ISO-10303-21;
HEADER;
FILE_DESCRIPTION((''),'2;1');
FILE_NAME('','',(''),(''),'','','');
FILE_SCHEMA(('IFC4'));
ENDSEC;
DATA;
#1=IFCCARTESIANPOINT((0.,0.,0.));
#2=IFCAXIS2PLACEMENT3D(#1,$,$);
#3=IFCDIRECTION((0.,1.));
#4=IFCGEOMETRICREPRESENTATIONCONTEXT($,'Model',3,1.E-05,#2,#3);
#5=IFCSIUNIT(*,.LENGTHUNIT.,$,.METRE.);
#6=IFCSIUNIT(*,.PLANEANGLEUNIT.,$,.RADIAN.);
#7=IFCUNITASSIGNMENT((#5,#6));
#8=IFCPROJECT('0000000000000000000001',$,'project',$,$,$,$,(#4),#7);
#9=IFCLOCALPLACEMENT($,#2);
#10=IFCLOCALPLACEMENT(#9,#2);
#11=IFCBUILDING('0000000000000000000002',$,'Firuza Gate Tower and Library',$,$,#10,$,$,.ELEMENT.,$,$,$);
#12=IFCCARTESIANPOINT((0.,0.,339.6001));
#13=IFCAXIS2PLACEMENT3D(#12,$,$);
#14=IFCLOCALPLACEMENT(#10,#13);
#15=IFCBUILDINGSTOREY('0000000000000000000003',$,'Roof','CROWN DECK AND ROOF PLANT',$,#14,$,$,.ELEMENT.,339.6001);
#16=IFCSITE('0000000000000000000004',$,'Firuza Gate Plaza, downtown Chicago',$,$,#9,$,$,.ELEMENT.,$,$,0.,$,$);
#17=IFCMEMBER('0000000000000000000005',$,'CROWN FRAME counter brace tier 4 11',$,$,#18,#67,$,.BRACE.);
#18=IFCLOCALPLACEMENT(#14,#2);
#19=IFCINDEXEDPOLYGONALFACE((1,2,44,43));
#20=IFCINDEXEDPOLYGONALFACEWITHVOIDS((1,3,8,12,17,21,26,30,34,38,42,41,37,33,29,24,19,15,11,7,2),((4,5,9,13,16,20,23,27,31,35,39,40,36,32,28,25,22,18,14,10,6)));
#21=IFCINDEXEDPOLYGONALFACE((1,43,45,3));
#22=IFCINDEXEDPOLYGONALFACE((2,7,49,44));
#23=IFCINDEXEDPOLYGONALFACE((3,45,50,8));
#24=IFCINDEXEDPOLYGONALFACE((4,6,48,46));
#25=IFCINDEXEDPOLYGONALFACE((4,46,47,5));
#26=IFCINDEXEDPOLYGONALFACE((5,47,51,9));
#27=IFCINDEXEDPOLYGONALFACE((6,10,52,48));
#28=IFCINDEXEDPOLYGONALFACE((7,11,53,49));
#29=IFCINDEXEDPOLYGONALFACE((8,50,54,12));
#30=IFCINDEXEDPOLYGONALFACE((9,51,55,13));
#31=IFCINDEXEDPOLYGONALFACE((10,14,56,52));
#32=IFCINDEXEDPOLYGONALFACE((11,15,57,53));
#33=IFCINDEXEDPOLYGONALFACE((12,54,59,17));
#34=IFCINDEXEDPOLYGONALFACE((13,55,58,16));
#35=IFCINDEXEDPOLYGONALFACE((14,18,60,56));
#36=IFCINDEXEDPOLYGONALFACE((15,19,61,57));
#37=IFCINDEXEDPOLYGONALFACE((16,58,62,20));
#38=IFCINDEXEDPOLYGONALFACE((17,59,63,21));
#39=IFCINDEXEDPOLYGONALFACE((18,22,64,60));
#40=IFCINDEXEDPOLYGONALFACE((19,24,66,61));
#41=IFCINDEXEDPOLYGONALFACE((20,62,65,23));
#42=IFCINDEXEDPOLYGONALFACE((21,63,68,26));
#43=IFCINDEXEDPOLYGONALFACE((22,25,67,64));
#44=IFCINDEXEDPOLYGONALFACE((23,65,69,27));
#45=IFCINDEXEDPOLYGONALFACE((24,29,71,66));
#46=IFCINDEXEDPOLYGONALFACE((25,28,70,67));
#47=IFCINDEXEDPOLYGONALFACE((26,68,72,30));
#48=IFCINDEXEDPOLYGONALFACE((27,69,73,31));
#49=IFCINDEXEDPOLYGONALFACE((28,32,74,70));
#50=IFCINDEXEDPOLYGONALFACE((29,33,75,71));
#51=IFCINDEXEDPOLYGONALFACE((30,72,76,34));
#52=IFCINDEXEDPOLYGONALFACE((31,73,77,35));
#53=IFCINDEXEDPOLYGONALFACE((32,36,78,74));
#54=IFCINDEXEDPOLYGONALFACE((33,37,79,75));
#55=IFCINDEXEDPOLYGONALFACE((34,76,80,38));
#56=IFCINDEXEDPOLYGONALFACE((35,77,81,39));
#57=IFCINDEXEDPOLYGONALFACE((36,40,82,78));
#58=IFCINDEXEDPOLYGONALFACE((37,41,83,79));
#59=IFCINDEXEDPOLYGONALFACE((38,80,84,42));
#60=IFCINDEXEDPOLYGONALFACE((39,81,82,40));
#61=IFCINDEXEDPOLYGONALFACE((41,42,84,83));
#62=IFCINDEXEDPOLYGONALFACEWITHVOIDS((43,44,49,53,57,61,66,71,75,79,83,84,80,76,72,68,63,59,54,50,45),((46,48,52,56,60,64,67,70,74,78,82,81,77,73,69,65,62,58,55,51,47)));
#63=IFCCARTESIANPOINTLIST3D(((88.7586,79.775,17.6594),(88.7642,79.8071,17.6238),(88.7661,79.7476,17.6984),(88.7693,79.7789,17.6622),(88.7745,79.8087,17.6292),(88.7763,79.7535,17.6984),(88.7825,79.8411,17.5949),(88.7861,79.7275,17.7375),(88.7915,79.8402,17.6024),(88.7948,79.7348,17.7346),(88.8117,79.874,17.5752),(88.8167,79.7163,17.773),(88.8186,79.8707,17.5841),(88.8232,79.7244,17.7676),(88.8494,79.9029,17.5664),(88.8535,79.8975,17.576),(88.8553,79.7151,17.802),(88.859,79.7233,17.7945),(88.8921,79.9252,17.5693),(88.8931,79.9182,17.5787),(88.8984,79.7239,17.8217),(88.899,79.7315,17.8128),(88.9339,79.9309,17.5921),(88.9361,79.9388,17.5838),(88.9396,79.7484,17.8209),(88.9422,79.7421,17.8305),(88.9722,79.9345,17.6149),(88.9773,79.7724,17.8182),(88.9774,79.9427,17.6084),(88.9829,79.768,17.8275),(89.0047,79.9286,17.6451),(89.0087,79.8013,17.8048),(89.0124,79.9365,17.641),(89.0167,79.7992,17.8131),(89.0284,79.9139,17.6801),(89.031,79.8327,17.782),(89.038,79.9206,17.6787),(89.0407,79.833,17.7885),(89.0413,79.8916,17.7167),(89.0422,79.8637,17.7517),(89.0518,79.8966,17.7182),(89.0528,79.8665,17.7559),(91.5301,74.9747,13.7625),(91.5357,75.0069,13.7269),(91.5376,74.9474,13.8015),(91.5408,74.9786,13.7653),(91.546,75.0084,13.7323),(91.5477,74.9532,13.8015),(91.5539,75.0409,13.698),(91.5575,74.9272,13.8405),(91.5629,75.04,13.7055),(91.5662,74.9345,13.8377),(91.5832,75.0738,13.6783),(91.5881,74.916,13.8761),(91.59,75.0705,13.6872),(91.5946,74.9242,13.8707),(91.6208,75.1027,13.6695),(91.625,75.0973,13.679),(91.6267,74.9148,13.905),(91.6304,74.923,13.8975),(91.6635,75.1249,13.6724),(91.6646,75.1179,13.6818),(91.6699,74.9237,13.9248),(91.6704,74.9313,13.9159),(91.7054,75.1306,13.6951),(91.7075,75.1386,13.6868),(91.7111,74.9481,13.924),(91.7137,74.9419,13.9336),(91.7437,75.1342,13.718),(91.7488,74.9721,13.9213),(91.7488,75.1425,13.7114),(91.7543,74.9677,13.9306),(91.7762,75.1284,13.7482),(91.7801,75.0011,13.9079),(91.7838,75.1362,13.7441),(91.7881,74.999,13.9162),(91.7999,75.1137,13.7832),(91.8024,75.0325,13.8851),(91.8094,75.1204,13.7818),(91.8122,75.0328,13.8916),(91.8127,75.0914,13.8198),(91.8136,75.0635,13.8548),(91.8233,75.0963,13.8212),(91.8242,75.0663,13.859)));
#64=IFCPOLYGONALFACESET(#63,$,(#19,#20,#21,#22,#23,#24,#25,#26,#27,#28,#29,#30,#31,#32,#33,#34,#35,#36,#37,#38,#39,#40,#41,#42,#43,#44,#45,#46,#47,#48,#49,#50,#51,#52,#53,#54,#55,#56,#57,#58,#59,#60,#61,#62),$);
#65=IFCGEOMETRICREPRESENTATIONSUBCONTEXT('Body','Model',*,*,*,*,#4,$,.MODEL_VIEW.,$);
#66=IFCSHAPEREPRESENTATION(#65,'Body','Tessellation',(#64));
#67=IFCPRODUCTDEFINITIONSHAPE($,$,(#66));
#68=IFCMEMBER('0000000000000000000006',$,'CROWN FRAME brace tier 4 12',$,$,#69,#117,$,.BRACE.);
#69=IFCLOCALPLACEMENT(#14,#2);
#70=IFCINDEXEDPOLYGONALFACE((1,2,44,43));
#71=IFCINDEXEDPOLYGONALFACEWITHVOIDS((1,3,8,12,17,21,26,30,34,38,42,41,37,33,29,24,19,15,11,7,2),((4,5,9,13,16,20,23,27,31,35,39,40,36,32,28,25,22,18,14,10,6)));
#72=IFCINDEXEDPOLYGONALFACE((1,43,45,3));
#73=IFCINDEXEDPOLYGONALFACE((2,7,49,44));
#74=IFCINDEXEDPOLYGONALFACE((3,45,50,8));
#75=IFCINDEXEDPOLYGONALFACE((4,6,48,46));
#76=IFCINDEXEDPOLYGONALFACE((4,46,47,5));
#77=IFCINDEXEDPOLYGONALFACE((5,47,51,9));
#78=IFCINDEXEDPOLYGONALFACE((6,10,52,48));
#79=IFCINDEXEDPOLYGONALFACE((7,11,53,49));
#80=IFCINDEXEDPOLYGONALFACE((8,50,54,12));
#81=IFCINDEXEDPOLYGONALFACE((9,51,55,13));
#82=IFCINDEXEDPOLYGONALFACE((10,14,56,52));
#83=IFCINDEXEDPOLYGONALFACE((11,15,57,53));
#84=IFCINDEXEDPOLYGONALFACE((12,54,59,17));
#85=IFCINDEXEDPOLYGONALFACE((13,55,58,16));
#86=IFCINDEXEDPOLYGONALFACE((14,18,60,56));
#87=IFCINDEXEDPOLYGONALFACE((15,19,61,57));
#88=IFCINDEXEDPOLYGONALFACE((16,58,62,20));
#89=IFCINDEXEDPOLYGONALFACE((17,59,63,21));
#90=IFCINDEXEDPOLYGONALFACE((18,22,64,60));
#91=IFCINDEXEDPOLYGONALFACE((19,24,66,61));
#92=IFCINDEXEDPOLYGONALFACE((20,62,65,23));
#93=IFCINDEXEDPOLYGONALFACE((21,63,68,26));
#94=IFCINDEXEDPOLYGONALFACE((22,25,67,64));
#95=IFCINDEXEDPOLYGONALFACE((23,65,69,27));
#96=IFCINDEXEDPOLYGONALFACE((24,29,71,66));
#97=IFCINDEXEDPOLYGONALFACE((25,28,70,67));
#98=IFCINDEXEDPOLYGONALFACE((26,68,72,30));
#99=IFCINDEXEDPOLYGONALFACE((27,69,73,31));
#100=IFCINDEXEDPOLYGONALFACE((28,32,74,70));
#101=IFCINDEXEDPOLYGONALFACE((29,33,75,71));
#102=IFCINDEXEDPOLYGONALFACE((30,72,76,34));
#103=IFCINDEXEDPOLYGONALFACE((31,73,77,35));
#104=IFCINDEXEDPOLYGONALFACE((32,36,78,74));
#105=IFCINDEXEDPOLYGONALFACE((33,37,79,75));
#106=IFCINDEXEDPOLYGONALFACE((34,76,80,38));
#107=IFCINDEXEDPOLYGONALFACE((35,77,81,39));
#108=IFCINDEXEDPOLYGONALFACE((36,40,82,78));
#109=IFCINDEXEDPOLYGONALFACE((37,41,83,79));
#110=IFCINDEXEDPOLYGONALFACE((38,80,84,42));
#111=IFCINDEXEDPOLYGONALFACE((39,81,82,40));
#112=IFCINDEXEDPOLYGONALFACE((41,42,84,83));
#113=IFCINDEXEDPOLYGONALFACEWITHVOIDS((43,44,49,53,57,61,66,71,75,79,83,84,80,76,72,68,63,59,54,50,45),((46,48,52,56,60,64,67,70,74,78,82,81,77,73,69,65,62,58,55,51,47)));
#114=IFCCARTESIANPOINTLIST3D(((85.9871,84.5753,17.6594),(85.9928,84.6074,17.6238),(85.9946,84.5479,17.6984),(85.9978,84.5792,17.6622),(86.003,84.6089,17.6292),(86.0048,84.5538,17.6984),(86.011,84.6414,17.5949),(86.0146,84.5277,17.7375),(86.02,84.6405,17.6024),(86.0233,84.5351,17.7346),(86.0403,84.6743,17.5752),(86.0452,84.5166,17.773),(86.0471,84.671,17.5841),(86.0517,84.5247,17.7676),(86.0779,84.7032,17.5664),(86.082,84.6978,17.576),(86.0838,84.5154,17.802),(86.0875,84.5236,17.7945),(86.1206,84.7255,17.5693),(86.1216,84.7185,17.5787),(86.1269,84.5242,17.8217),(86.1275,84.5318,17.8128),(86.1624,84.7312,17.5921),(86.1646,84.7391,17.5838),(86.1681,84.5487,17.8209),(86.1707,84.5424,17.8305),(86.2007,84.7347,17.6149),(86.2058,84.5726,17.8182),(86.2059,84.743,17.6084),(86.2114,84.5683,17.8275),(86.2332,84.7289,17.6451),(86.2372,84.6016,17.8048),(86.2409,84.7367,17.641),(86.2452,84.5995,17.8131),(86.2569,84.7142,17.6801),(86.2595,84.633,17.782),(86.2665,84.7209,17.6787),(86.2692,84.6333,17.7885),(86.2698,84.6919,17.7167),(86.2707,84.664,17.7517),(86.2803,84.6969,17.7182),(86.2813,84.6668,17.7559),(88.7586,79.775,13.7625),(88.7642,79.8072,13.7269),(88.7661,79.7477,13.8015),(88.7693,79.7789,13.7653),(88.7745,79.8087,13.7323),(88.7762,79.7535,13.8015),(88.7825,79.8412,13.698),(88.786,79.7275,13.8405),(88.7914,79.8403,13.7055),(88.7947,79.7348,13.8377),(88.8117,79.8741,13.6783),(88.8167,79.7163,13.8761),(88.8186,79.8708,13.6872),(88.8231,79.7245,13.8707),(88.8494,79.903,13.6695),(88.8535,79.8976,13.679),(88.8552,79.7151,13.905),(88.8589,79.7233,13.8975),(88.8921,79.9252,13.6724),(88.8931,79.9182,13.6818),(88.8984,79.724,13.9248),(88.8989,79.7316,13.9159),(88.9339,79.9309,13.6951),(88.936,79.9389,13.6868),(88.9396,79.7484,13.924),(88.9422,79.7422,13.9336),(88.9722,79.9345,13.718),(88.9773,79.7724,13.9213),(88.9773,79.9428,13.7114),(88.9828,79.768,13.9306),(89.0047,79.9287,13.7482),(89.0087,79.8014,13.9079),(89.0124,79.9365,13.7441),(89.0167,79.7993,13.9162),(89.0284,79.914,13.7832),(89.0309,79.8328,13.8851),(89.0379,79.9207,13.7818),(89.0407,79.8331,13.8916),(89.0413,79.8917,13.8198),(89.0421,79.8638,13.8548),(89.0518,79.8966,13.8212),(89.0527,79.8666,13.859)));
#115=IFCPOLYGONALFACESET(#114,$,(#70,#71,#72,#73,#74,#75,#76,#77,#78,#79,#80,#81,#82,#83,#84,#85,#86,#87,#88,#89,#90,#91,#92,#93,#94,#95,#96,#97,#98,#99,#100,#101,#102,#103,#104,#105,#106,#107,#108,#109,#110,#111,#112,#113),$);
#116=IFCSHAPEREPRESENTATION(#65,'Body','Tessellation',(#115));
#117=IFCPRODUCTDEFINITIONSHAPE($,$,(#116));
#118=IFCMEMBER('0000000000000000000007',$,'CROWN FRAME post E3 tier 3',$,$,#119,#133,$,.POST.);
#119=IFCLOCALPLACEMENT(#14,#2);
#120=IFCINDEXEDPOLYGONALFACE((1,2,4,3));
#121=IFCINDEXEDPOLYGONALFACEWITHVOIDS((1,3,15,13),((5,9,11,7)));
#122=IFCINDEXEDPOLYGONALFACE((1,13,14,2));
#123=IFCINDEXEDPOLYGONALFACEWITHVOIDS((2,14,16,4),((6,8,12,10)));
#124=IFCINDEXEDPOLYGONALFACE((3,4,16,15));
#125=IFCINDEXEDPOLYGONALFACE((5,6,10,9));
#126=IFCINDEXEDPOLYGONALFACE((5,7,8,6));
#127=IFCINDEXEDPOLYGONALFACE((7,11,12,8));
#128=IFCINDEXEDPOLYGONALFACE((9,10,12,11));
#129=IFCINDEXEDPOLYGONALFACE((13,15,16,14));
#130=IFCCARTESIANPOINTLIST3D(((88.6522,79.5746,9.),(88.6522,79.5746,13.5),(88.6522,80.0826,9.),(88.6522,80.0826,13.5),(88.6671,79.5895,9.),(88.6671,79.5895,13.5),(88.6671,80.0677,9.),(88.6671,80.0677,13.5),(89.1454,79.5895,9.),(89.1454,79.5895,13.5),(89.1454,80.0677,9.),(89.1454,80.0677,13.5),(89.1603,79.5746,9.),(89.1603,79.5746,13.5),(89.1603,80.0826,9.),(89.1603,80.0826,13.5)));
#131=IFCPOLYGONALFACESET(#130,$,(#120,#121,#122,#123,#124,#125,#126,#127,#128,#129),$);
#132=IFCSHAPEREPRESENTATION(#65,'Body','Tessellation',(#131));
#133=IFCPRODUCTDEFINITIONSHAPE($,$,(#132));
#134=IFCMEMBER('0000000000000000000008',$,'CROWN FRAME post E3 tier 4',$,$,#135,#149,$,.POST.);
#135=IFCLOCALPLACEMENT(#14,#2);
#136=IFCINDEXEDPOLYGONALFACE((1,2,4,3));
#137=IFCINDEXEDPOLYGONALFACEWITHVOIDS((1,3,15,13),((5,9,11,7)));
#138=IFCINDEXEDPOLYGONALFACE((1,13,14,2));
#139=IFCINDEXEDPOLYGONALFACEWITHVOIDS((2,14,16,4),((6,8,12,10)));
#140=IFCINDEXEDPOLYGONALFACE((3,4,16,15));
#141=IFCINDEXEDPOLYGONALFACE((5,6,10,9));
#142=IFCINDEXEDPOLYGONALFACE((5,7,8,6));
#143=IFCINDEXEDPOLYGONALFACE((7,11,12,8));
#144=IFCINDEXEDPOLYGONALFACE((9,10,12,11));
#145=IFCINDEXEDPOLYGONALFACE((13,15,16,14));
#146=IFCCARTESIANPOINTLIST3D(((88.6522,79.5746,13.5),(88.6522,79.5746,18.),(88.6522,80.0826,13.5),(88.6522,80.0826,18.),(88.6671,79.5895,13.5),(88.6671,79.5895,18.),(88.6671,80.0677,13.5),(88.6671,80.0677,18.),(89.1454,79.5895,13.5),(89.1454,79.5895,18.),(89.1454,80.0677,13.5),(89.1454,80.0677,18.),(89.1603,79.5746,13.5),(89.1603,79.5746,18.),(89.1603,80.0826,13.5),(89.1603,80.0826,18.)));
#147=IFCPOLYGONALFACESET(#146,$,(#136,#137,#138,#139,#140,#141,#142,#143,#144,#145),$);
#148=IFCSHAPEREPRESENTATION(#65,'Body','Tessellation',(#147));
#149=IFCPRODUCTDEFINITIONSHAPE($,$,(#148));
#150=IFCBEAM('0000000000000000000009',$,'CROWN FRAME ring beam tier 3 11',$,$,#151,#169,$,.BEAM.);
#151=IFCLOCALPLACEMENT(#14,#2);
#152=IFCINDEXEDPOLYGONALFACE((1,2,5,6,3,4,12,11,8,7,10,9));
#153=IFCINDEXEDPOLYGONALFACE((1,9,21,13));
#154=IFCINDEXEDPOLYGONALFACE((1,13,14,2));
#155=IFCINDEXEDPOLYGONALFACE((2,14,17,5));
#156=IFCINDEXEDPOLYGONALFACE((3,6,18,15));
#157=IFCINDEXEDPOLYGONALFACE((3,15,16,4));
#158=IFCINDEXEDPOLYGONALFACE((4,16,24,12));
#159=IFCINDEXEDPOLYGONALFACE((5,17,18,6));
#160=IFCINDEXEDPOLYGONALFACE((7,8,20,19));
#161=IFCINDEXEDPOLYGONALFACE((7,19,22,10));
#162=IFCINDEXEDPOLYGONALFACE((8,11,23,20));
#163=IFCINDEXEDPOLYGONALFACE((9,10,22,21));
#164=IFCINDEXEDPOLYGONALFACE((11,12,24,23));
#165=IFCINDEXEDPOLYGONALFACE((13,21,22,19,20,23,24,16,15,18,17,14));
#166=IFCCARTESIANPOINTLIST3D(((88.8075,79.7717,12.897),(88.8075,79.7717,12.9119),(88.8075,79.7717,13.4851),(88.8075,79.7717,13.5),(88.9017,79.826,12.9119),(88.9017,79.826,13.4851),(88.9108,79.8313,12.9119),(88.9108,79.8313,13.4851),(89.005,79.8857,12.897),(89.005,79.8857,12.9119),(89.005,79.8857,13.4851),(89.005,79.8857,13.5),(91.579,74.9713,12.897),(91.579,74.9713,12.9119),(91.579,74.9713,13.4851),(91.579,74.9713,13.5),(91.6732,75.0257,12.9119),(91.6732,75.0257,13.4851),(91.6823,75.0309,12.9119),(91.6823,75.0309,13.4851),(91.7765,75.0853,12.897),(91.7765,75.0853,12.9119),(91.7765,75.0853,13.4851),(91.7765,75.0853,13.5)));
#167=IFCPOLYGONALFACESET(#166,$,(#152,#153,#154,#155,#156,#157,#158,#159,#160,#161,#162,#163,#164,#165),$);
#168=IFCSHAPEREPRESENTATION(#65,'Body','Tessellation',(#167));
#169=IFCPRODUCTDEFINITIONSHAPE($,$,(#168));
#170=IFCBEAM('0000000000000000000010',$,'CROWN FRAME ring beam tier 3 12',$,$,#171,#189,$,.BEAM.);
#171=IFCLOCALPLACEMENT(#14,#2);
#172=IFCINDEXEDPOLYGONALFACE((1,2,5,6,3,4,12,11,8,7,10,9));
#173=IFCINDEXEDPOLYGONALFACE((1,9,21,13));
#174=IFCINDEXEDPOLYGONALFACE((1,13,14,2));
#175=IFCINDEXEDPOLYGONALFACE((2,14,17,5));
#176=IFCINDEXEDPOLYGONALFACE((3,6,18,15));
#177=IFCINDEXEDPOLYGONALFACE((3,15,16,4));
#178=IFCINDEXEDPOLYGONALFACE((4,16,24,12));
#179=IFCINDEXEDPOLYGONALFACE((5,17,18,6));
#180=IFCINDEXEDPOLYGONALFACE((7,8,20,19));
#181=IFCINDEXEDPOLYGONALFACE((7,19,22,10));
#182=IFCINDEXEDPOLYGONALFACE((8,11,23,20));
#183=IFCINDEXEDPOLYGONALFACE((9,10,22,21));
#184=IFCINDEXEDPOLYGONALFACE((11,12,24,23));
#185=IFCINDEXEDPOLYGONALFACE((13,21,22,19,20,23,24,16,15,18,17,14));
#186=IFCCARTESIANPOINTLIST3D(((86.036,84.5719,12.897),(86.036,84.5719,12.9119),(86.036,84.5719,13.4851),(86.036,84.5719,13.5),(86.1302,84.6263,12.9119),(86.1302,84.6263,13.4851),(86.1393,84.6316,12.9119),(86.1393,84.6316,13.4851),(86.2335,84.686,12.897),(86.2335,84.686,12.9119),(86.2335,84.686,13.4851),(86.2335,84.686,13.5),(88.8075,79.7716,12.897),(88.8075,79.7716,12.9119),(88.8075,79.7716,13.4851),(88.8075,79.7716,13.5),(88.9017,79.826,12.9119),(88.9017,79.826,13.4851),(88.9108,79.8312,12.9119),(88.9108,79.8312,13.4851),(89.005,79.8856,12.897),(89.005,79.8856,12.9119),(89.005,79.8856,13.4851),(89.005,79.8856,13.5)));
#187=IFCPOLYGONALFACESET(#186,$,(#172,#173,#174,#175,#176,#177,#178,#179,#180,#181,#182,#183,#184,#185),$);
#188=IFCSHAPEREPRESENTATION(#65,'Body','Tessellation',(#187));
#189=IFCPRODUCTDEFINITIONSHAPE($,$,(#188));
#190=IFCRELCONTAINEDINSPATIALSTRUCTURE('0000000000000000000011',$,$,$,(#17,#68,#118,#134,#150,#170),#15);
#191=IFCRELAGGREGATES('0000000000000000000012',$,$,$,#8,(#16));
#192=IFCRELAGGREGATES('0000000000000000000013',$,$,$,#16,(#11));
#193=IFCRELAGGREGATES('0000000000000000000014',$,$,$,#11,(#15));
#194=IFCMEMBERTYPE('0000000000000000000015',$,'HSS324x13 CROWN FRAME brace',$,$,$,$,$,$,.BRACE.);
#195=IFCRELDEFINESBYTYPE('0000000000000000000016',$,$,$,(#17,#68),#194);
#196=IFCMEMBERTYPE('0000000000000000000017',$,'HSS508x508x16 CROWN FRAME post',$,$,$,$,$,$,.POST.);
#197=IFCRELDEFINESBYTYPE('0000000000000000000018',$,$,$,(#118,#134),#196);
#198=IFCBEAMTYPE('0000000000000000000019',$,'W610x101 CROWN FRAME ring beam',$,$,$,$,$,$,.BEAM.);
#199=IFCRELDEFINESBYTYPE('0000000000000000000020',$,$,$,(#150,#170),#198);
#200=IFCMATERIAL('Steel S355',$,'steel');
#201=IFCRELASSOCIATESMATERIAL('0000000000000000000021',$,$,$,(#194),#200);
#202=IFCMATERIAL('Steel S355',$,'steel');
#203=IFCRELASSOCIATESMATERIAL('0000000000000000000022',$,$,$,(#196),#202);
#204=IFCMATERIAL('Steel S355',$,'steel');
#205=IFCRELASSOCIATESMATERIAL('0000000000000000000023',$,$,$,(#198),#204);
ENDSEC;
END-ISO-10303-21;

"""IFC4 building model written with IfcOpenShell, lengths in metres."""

from ifc_helpers import new_model, si_unit, direction, frame, origin, origin_2d, place, context, subcontext, project, spatial, hollow_rectangle, hollow_circle, i_section, extrude, material, material_profile, profile_set, type_object, element, save


model = new_model("IFC4")

# Units and contexts
model_context = context("Model", 3, precision=1e-05, world=origin(), true_north=direction((0.0, 1.0)))
body_context = subcontext(model_context, "Body", "Model", "MODEL_VIEW")
ifc_project = project(units=[si_unit("LENGTHUNIT", "METRE"), si_unit("PLANEANGLEUNIT", "RADIAN")], contexts=[model_context])

# Site, building, storey
site_placement = place(None, origin())
site = spatial("IfcSite", under=ifc_project, at=site_placement, Name="Firuza Gate Plaza, downtown Chicago", CompositionType="ELEMENT", RefElevation=0.0)
building_placement = place(site_placement, origin())
building = spatial("IfcBuilding", under=site, at=building_placement, Name="Firuza Gate Tower and Library", CompositionType="ELEMENT")
storey_placement = place(building_placement, frame((0.0, 0.0, 339.6001)))
storey = spatial("IfcBuildingStorey", under=building, at=storey_placement, Name="Roof", Description="CROWN DECK AND ROOF PLANT", CompositionType="ELEMENT", Elevation=339.6001)

# Members
ifc_material_1 = material(Name="Steel S355", Category="steel")
ifc_material_profile_1 = material_profile(ifc_material_1, hollow_circle(Radius=0.1619, WallThickness=0.0117, at=origin_2d()))
ifc_profile_set_1 = profile_set([ifc_material_profile_1], Name="Steel S355")
member_type_1 = type_object("IfcMemberType", Name="HSS324x13 CROWN FRAME brace", PredefinedType="BRACE", material=ifc_profile_set_1)
for number, where, z_axis, x_axis, name in (
    (1, (91.6777, 75.0283, 13.8015), (-0.409032, 0.708455, 0.575138), (-0.866023, -0.500005, 0.0), "CROWN FRAME counter brace tier 4 11"),
    (2, (88.9062, 79.8286, 13.8015), (-0.409032, 0.708455, 0.575138), (-0.866023, -0.500005, 0.0), "CROWN FRAME brace tier 4 12"),
):
    element("IfcMember", number, at=place(storey_placement, frame(where, z_axis=z_axis, x_axis=x_axis)), inside=storey, type_object=member_type_1, Name=name, PredefinedType="BRACE", context=body_context, shape_type="SweptSolid", body=[
        extrude(hollow_circle(Radius=0.1619, WallThickness=0.0117, at=origin_2d()), origin(), (0.0, 0.0, 1.0), 6.7756),
    ])
ifc_material_2 = material(Name="Steel S355", Category="steel")
ifc_material_profile_2 = material_profile(ifc_material_2, hollow_rectangle(XDim=0.5081, YDim=0.5081, WallThickness=0.0149, at=origin_2d()))
ifc_profile_set_2 = profile_set([ifc_material_profile_2], Name="Steel S355")
member_type_2 = type_object("IfcMemberType", Name="HSS508x508x16 CROWN FRAME post", PredefinedType="POST", material=ifc_profile_set_2)
for number, where, z_axis, x_axis, name in (
    (3, (88.9062, 79.8286, 9.0), (0.0, 0.0, 1.0), (1.0, 0.0, 0.0), "CROWN FRAME post E3 tier 3"),
    (4, (88.9062, 79.8286, 13.5), (0.0, 0.0, 1.0), (1.0, 0.0, 0.0), "CROWN FRAME post E3 tier 4"),
):
    element("IfcMember", number, at=place(storey_placement, frame(where, z_axis=z_axis, x_axis=x_axis)), inside=storey, type_object=member_type_2, Name=name, PredefinedType="POST", context=body_context, shape_type="SweptSolid", body=[
        extrude(hollow_rectangle(XDim=0.5081, YDim=0.5081, WallThickness=0.0149, at=origin_2d()), origin(), (0.0, 0.0, 1.0), 4.5),
    ])

# Beams
ifc_material_3 = material(Name="Steel S355", Category="steel")
ifc_material_profile_3 = material_profile(ifc_material_3, i_section(OverallWidth=0.228, OverallDepth=0.603, WebThickness=0.0105, FlangeThickness=0.0149, at=origin_2d()))
ifc_profile_set_3 = profile_set([ifc_material_profile_3], Name="Steel S355")
beam_type = type_object("IfcBeamType", Name="W610x101 CROWN FRAME ring beam", PredefinedType="BEAM", material=ifc_profile_set_3)
for number, where, z_axis, x_axis, name in (
    (5, (91.6777, 75.0283, 13.1985), (-0.500005, 0.866023, 0.0), (-0.866023, -0.500005, 0.0), "CROWN FRAME ring beam tier 3 11"),
    (6, (88.9062, 79.8286, 13.1985), (-0.500005, 0.866023, 0.0), (-0.866023, -0.500005, 0.0), "CROWN FRAME ring beam tier 3 12"),
):
    element("IfcBeam", number, at=place(storey_placement, frame(where, z_axis=z_axis, x_axis=x_axis)), inside=storey, type_object=beam_type, Name=name, PredefinedType="BEAM", context=body_context, shape_type="SweptSolid", body=[
        extrude(i_section(OverallWidth=0.228, OverallDepth=0.603, WebThickness=0.0105, FlangeThickness=0.0149, at=origin_2d()), origin(), (0.0, 0.0, 1.0), 5.543),
    ])

save(model, "model.ifc")
